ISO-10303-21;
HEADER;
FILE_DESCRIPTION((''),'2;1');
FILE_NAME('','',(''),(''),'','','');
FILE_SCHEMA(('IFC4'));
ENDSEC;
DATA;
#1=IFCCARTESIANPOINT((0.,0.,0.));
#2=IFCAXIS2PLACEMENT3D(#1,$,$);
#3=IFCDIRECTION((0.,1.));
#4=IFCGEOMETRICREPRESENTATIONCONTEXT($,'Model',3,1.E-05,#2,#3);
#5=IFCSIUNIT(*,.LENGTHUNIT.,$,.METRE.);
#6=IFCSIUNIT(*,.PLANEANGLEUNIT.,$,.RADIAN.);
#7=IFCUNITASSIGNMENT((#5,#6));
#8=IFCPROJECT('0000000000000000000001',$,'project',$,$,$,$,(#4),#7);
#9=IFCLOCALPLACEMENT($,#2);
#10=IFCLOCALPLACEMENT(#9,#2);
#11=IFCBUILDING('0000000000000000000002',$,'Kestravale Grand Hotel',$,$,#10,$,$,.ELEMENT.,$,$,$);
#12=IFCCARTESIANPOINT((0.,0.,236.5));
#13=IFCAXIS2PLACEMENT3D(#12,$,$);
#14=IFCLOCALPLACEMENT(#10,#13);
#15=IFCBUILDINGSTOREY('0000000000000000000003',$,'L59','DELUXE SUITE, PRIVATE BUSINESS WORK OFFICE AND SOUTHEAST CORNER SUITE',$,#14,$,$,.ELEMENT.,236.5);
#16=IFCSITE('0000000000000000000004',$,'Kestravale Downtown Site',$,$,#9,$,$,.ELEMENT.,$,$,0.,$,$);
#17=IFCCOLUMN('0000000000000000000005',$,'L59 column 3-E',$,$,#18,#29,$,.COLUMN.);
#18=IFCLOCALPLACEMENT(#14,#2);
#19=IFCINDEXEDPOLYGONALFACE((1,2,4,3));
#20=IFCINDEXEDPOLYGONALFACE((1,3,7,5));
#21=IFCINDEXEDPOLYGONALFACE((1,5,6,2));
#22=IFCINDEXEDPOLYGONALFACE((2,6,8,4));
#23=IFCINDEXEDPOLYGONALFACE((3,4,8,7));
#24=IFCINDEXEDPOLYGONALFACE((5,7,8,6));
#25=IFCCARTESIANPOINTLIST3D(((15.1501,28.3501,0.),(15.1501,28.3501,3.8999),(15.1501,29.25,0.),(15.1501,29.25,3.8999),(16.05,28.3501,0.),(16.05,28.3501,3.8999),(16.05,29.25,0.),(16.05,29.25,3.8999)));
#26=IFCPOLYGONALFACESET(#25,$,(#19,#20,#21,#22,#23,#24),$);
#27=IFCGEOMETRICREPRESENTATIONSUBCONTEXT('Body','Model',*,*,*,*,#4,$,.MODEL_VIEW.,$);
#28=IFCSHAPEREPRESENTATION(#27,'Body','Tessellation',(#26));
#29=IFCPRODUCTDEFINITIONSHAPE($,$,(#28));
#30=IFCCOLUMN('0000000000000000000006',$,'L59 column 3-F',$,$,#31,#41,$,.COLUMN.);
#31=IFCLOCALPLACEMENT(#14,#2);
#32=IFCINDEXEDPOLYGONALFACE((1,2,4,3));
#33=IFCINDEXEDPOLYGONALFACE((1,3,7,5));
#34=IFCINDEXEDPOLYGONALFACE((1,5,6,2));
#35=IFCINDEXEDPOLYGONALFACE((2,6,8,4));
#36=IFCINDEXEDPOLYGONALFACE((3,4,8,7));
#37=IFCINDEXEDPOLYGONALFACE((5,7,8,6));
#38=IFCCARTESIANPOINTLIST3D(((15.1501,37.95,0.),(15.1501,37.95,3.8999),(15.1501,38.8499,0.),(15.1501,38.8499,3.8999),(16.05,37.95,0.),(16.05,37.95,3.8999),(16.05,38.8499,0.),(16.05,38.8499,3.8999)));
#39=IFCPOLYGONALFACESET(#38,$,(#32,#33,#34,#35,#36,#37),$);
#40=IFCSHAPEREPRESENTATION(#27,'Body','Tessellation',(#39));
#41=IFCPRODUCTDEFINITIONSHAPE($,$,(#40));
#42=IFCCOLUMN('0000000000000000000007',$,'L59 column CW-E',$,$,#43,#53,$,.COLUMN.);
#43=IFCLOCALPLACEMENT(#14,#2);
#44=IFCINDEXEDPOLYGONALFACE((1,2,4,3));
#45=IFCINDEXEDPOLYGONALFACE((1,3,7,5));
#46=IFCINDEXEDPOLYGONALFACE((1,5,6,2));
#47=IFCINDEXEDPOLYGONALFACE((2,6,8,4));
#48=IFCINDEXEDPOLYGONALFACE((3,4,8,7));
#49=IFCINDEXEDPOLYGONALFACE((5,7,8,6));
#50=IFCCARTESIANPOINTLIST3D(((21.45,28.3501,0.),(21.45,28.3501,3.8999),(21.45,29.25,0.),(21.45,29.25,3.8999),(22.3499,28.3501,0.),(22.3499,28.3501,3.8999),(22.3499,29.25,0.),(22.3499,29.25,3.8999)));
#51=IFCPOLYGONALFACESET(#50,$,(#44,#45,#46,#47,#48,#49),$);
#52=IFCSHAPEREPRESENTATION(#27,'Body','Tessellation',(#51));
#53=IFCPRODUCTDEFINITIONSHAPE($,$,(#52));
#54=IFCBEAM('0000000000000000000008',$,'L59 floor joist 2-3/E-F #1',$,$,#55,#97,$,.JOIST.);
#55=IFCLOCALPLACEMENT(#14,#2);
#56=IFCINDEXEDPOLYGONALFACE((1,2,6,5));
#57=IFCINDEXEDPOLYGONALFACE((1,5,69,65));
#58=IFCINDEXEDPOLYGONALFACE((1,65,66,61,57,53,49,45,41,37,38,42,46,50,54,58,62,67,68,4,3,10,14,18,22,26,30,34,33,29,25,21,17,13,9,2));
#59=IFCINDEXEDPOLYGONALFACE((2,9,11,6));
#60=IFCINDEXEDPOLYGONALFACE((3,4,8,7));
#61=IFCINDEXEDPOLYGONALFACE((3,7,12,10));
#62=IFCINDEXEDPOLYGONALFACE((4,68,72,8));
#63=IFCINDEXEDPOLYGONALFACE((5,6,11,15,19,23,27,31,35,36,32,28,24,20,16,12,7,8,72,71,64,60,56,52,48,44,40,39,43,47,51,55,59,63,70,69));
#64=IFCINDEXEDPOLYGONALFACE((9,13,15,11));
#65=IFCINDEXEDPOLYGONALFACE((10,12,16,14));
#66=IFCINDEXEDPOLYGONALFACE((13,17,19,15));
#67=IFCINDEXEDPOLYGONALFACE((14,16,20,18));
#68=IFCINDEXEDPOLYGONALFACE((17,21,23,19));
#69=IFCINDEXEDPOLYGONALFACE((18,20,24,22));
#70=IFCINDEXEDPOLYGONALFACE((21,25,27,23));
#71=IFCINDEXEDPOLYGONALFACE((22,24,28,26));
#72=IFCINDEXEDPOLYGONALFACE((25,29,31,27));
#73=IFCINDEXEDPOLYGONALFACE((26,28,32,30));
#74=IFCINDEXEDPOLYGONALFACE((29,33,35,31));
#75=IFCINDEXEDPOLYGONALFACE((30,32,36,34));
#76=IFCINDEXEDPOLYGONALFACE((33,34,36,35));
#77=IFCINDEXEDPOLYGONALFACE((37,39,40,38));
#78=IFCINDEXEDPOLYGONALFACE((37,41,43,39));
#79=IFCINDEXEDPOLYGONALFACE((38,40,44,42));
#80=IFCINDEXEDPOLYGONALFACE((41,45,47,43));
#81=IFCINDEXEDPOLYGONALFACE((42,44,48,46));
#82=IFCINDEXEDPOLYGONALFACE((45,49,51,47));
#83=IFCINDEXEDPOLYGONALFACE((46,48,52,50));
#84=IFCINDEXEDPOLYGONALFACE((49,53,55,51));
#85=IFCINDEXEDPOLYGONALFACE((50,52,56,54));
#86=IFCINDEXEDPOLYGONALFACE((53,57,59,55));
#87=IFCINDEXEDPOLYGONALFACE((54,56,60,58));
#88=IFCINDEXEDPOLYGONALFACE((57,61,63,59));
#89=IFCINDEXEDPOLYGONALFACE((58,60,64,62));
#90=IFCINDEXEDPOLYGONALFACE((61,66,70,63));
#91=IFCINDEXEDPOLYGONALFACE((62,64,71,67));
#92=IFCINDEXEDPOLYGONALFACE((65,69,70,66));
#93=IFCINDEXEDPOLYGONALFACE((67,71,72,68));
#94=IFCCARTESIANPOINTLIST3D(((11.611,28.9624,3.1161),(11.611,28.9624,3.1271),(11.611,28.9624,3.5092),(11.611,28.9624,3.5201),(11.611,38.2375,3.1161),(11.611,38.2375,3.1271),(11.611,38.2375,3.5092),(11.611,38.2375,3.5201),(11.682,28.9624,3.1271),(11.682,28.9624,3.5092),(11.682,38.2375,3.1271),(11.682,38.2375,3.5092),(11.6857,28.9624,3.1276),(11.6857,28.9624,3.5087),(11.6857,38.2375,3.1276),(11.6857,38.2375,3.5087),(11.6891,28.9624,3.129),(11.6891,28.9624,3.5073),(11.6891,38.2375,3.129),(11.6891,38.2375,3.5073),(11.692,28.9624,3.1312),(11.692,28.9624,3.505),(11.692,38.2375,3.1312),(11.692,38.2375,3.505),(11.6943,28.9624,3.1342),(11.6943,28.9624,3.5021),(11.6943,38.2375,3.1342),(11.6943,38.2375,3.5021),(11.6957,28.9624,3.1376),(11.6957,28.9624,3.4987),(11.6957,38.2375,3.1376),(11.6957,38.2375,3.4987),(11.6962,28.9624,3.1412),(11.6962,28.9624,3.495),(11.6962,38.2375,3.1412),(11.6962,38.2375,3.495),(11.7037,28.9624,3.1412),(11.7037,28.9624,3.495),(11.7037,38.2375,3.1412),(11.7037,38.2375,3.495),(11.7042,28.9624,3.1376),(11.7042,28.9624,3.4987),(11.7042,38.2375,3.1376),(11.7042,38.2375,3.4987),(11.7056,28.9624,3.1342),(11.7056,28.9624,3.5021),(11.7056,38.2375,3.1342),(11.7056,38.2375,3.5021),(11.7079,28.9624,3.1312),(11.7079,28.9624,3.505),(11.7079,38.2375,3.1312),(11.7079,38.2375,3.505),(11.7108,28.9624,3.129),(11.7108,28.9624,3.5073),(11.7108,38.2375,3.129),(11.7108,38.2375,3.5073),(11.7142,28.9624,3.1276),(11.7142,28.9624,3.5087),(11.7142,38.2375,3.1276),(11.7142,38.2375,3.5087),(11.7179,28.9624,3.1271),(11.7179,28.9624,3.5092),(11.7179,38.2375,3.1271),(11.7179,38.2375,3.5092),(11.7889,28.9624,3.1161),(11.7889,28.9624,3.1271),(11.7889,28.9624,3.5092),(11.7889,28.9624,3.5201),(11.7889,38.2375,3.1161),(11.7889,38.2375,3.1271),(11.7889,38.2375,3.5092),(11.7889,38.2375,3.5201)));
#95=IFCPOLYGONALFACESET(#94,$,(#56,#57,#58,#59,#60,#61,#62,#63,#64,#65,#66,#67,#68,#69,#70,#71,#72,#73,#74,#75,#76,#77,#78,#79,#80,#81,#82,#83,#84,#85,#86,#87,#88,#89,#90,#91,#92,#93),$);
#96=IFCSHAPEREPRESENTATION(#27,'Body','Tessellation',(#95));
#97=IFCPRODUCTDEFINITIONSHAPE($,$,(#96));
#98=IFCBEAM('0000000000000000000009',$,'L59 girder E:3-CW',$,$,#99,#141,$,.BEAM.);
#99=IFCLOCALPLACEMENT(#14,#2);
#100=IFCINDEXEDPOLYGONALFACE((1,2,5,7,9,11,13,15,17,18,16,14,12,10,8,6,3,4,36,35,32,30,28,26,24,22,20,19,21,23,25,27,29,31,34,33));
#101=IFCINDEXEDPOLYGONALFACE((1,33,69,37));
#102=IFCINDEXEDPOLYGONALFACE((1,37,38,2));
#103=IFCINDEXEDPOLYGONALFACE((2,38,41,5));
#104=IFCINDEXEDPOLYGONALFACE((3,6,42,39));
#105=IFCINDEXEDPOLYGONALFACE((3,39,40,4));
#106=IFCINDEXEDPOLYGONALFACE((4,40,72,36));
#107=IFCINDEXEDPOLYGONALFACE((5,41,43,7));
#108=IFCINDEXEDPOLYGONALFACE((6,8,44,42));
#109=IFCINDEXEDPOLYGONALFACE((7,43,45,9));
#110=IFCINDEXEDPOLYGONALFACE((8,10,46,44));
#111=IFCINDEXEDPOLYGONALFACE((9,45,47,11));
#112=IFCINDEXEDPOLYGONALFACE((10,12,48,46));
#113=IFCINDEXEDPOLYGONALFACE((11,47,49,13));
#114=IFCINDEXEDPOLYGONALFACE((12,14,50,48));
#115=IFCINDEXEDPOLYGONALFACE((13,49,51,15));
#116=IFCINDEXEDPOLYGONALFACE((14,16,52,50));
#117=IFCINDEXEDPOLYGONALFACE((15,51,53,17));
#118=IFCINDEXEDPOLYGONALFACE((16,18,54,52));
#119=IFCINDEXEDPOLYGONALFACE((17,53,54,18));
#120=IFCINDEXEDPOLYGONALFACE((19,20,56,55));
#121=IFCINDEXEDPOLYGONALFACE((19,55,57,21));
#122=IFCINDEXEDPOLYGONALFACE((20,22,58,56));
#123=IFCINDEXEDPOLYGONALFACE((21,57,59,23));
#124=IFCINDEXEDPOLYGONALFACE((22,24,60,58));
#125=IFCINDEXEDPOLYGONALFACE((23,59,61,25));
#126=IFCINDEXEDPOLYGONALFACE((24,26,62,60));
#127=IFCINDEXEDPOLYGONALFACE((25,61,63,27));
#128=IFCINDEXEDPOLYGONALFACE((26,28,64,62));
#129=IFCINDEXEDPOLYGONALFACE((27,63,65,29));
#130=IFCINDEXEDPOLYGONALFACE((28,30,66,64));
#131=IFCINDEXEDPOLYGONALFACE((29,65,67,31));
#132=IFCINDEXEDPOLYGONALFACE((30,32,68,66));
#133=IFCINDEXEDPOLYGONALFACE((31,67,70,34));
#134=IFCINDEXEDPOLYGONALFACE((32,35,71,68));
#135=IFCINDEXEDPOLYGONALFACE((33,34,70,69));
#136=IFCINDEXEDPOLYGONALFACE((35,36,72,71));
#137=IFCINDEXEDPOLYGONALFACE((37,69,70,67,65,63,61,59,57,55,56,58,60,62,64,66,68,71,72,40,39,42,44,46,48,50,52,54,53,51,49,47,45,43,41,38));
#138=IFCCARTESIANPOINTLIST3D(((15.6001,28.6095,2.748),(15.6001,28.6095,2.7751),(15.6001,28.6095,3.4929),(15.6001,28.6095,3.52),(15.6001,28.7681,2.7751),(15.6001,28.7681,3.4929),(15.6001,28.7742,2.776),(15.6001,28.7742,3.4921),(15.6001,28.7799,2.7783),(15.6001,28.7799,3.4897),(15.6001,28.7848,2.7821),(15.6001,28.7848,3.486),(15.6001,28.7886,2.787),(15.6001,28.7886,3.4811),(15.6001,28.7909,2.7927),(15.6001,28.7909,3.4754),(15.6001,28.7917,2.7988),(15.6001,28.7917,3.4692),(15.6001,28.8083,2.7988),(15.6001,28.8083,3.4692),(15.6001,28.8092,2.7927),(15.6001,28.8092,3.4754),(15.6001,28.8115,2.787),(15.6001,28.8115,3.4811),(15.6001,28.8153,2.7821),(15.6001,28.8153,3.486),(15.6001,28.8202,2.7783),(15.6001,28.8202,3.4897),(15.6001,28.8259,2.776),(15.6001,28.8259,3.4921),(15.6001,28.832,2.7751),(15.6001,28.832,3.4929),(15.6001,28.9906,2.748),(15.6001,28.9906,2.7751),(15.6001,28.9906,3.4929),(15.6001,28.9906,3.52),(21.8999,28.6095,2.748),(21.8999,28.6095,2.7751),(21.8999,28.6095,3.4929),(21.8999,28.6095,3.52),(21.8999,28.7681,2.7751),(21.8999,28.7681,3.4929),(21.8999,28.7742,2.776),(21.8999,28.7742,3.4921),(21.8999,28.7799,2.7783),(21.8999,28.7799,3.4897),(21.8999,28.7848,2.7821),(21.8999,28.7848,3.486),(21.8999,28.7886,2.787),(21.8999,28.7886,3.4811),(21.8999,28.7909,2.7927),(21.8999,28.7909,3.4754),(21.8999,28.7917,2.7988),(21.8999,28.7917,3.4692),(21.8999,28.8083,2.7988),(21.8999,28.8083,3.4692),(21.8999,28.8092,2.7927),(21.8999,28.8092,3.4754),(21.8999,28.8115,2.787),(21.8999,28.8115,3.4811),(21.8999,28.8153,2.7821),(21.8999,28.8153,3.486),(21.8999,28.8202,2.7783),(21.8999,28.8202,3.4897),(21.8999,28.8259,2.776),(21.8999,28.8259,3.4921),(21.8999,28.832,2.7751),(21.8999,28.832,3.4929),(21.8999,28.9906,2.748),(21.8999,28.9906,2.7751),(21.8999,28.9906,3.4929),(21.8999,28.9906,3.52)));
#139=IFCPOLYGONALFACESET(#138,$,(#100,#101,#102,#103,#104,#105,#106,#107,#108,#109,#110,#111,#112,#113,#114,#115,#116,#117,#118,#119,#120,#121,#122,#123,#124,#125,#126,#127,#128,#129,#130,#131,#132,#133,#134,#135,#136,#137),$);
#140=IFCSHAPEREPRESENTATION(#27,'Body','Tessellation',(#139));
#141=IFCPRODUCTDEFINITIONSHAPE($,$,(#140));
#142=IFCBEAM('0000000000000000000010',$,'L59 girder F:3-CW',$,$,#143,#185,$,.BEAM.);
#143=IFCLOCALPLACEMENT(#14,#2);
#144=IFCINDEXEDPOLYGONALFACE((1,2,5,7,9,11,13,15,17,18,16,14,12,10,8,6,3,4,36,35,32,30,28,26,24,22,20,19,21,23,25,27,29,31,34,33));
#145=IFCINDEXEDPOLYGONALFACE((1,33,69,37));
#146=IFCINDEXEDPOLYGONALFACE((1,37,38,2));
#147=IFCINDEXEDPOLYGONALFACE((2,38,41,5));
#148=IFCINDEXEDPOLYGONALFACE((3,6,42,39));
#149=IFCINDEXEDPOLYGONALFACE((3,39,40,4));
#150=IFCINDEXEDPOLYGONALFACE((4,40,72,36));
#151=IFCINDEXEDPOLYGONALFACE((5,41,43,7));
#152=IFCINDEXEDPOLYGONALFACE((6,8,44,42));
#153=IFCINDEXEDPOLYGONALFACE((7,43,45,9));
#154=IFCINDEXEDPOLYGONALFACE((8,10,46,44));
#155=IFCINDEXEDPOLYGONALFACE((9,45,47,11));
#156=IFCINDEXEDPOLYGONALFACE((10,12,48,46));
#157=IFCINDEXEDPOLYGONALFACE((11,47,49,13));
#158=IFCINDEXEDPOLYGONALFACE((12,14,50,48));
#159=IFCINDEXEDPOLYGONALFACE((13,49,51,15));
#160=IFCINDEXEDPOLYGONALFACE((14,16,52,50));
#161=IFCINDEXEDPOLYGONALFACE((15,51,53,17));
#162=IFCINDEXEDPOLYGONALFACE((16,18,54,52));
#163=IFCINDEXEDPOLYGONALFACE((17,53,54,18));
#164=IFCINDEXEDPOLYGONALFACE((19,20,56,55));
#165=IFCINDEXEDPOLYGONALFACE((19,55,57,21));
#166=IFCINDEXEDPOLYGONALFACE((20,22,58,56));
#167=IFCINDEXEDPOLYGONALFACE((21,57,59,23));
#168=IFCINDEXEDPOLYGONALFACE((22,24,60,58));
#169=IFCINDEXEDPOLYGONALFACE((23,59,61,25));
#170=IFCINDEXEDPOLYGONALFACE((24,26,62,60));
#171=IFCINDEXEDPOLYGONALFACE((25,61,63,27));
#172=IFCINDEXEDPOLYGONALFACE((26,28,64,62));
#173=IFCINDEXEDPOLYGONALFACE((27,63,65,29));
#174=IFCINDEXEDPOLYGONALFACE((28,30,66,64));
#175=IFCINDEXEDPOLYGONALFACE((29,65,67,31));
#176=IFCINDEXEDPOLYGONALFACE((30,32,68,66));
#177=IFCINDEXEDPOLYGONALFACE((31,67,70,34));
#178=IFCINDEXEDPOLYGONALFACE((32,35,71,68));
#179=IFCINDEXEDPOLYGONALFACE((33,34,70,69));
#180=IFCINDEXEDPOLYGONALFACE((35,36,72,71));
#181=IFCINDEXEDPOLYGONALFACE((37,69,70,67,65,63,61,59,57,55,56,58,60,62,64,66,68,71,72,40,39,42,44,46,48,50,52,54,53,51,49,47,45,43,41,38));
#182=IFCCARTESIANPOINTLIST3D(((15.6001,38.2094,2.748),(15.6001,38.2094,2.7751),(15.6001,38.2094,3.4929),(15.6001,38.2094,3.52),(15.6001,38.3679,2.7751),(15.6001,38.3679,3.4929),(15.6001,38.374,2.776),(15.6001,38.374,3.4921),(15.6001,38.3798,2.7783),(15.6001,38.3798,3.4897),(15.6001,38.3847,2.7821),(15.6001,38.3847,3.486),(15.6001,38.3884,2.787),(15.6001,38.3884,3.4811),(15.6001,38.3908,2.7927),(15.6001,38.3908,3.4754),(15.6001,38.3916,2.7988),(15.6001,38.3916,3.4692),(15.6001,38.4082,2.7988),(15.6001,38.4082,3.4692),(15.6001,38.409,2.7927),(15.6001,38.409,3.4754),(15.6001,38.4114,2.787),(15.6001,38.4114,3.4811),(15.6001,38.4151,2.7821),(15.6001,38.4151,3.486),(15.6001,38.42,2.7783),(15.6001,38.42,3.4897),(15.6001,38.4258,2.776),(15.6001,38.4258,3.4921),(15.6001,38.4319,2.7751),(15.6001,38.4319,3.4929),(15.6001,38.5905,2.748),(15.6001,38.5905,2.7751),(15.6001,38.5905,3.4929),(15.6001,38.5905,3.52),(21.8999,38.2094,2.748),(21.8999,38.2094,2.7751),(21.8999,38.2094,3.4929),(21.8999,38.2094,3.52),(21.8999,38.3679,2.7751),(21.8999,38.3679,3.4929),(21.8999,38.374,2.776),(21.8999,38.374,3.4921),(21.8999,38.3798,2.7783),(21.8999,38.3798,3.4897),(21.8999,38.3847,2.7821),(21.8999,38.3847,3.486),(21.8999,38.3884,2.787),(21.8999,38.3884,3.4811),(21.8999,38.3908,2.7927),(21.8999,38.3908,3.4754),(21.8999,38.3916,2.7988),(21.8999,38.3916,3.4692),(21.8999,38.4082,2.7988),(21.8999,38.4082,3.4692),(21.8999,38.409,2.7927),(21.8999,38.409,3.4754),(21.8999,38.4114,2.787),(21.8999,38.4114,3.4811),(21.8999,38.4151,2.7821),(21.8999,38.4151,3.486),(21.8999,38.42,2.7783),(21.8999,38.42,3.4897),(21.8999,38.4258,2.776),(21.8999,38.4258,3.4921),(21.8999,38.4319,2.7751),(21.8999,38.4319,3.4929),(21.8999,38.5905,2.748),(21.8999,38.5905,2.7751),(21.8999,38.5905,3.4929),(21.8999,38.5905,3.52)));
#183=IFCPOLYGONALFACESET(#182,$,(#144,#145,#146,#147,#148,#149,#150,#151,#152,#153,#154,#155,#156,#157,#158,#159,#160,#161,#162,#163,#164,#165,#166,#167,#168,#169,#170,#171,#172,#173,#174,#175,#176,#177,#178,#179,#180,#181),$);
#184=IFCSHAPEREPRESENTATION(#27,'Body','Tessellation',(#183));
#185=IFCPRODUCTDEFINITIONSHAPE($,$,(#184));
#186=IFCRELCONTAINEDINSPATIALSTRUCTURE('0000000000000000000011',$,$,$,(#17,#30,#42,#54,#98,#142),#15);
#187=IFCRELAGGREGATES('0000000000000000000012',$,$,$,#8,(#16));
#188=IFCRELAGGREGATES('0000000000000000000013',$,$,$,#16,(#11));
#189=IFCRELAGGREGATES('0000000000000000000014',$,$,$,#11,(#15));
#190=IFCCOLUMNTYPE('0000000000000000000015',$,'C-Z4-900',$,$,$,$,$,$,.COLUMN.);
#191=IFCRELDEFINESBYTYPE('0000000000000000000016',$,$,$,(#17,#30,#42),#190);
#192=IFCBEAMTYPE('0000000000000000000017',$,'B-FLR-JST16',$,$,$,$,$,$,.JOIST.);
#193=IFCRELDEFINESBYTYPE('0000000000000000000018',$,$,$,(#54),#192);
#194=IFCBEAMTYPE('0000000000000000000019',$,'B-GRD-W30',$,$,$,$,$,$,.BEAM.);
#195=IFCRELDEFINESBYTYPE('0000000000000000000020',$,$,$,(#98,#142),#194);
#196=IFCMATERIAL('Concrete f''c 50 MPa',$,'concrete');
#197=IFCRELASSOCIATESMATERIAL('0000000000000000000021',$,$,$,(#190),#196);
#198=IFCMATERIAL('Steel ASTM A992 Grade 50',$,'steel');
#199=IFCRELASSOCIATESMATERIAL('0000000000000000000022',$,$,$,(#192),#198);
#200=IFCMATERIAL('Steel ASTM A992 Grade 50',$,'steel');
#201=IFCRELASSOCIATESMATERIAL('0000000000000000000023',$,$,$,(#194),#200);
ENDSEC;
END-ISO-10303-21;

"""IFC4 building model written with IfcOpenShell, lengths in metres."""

from ifc_helpers import new_model, si_unit, direction, frame, origin, origin_2d, place, context, subcontext, project, spatial, rectangle, i_section, extrude, material, material_profile, profile_set, type_object, element, save


model = new_model("IFC4")

# Units and contexts
model_context = context("Model", 3, precision=1e-05, world=origin(), true_north=direction((0.0, 1.0)))
body_context = subcontext(model_context, "Body", "Model", "MODEL_VIEW")
ifc_project = project(units=[si_unit("LENGTHUNIT", "METRE"), si_unit("PLANEANGLEUNIT", "RADIAN")], contexts=[model_context])

# Site, building, storey
site_placement = place(None, origin())
site = spatial("IfcSite", under=ifc_project, at=site_placement, Name="Kestravale Downtown Site", CompositionType="ELEMENT", RefElevation=0.0)
building_placement = place(site_placement, origin())
building = spatial("IfcBuilding", under=site, at=building_placement, Name="Kestravale Grand Hotel", CompositionType="ELEMENT")
storey_placement = place(building_placement, frame((0.0, 0.0, 236.5)))
storey = spatial("IfcBuildingStorey", under=building, at=storey_placement, Name="L59", Description="DELUXE SUITE, PRIVATE BUSINESS WORK OFFICE AND SOUTHEAST CORNER SUITE", CompositionType="ELEMENT", Elevation=236.5)

# Columns
ifc_material_1 = material(Name="Concrete f'c 50 MPa", Category="concrete")
ifc_material_profile_1 = material_profile(ifc_material_1, rectangle(XDim=0.8999, YDim=0.8999, at=origin_2d()))
ifc_profile_set_1 = profile_set([ifc_material_profile_1], Name="Concrete f'c 50 MPa")
column_type = type_object("IfcColumnType", Name="C-Z4-900", PredefinedType="COLUMN", material=ifc_profile_set_1)
for number, where, z_axis, x_axis, name in (
    (1, (15.6001, 28.8, 0.0), (0.0, 0.0, 1.0), (1.0, 0.0, 0.0), "L59 column 3-E"),
    (2, (15.6001, 38.3999, 0.0), (0.0, 0.0, 1.0), (1.0, 0.0, 0.0), "L59 column 3-F"),
    (3, (21.8999, 28.8, 0.0), (0.0, 0.0, 1.0), (1.0, 0.0, 0.0), "L59 column CW-E"),
):
    element("IfcColumn", number, at=place(storey_placement, frame(where, z_axis=z_axis, x_axis=x_axis)), inside=storey, type_object=column_type, Name=name, PredefinedType="COLUMN", context=body_context, shape_type="SweptSolid", body=[
        extrude(rectangle(XDim=0.8999, YDim=0.8999, at=origin_2d()), origin(), (0.0, 0.0, 1.0), 3.8999),
    ])

# Beams
ifc_material_2 = material(Name="Steel ASTM A992 Grade 50", Category="steel")
ifc_material_profile_2 = material_profile(ifc_material_2, i_section(OverallWidth=0.178, OverallDepth=0.4041, WebThickness=0.0076, FlangeThickness=0.011, FilletRadius=0.0142, at=origin_2d()))
ifc_profile_set_2 = profile_set([ifc_material_profile_2], Name="Steel ASTM A992 Grade 50")
beam_type_1 = type_object("IfcBeamType", Name="B-FLR-JST16", PredefinedType="JOIST", material=ifc_profile_set_2)
beam_1_placement = place(storey_placement, frame((11.7, 28.9624, 3.3181), z_axis=(0.0, 1.0, 0.0), x_axis=(-1.0, 0.0, 0.0)))
element("IfcBeam", 4, at=beam_1_placement, inside=storey, type_object=beam_type_1, Name="L59 floor joist 2-3/E-F #1", PredefinedType="JOIST", context=body_context, shape_type="SweptSolid", body=[
    extrude(i_section(OverallWidth=0.178, OverallDepth=0.4041, WebThickness=0.0076, FlangeThickness=0.011, FilletRadius=0.0142, at=origin_2d()), origin(), (0.0, 0.0, 1.0), 9.2751),
])
ifc_material_3 = material(Name="Steel ASTM A992 Grade 50", Category="steel")
ifc_material_profile_3 = material_profile(ifc_material_3, i_section(OverallWidth=0.3811, OverallDepth=0.772, WebThickness=0.0166, FlangeThickness=0.0271, FilletRadius=0.0237, at=origin_2d()))
ifc_profile_set_3 = profile_set([ifc_material_profile_3], Name="Steel ASTM A992 Grade 50")
beam_type_2 = type_object("IfcBeamType", Name="B-GRD-W30", PredefinedType="BEAM", material=ifc_profile_set_3)
for number, where, z_axis, x_axis, name in (
    (5, (15.6001, 28.8, 3.134), (1.0, 0.0, 0.0), (0.0, 1.0, 0.0), "L59 girder E:3-CW"),
    (6, (15.6001, 38.3999, 3.134), (1.0, 0.0, 0.0), (0.0, 1.0, 0.0), "L59 girder F:3-CW"),
):
    element("IfcBeam", number, at=place(storey_placement, frame(where, z_axis=z_axis, x_axis=x_axis)), inside=storey, type_object=beam_type_2, Name=name, PredefinedType="BEAM", context=body_context, shape_type="SweptSolid", body=[
        extrude(i_section(OverallWidth=0.3811, OverallDepth=0.772, WebThickness=0.0166, FlangeThickness=0.0271, FilletRadius=0.0237, at=origin_2d()), origin(), (0.0, 0.0, 1.0), 6.2998),
    ])

save(model, "model.ifc")
